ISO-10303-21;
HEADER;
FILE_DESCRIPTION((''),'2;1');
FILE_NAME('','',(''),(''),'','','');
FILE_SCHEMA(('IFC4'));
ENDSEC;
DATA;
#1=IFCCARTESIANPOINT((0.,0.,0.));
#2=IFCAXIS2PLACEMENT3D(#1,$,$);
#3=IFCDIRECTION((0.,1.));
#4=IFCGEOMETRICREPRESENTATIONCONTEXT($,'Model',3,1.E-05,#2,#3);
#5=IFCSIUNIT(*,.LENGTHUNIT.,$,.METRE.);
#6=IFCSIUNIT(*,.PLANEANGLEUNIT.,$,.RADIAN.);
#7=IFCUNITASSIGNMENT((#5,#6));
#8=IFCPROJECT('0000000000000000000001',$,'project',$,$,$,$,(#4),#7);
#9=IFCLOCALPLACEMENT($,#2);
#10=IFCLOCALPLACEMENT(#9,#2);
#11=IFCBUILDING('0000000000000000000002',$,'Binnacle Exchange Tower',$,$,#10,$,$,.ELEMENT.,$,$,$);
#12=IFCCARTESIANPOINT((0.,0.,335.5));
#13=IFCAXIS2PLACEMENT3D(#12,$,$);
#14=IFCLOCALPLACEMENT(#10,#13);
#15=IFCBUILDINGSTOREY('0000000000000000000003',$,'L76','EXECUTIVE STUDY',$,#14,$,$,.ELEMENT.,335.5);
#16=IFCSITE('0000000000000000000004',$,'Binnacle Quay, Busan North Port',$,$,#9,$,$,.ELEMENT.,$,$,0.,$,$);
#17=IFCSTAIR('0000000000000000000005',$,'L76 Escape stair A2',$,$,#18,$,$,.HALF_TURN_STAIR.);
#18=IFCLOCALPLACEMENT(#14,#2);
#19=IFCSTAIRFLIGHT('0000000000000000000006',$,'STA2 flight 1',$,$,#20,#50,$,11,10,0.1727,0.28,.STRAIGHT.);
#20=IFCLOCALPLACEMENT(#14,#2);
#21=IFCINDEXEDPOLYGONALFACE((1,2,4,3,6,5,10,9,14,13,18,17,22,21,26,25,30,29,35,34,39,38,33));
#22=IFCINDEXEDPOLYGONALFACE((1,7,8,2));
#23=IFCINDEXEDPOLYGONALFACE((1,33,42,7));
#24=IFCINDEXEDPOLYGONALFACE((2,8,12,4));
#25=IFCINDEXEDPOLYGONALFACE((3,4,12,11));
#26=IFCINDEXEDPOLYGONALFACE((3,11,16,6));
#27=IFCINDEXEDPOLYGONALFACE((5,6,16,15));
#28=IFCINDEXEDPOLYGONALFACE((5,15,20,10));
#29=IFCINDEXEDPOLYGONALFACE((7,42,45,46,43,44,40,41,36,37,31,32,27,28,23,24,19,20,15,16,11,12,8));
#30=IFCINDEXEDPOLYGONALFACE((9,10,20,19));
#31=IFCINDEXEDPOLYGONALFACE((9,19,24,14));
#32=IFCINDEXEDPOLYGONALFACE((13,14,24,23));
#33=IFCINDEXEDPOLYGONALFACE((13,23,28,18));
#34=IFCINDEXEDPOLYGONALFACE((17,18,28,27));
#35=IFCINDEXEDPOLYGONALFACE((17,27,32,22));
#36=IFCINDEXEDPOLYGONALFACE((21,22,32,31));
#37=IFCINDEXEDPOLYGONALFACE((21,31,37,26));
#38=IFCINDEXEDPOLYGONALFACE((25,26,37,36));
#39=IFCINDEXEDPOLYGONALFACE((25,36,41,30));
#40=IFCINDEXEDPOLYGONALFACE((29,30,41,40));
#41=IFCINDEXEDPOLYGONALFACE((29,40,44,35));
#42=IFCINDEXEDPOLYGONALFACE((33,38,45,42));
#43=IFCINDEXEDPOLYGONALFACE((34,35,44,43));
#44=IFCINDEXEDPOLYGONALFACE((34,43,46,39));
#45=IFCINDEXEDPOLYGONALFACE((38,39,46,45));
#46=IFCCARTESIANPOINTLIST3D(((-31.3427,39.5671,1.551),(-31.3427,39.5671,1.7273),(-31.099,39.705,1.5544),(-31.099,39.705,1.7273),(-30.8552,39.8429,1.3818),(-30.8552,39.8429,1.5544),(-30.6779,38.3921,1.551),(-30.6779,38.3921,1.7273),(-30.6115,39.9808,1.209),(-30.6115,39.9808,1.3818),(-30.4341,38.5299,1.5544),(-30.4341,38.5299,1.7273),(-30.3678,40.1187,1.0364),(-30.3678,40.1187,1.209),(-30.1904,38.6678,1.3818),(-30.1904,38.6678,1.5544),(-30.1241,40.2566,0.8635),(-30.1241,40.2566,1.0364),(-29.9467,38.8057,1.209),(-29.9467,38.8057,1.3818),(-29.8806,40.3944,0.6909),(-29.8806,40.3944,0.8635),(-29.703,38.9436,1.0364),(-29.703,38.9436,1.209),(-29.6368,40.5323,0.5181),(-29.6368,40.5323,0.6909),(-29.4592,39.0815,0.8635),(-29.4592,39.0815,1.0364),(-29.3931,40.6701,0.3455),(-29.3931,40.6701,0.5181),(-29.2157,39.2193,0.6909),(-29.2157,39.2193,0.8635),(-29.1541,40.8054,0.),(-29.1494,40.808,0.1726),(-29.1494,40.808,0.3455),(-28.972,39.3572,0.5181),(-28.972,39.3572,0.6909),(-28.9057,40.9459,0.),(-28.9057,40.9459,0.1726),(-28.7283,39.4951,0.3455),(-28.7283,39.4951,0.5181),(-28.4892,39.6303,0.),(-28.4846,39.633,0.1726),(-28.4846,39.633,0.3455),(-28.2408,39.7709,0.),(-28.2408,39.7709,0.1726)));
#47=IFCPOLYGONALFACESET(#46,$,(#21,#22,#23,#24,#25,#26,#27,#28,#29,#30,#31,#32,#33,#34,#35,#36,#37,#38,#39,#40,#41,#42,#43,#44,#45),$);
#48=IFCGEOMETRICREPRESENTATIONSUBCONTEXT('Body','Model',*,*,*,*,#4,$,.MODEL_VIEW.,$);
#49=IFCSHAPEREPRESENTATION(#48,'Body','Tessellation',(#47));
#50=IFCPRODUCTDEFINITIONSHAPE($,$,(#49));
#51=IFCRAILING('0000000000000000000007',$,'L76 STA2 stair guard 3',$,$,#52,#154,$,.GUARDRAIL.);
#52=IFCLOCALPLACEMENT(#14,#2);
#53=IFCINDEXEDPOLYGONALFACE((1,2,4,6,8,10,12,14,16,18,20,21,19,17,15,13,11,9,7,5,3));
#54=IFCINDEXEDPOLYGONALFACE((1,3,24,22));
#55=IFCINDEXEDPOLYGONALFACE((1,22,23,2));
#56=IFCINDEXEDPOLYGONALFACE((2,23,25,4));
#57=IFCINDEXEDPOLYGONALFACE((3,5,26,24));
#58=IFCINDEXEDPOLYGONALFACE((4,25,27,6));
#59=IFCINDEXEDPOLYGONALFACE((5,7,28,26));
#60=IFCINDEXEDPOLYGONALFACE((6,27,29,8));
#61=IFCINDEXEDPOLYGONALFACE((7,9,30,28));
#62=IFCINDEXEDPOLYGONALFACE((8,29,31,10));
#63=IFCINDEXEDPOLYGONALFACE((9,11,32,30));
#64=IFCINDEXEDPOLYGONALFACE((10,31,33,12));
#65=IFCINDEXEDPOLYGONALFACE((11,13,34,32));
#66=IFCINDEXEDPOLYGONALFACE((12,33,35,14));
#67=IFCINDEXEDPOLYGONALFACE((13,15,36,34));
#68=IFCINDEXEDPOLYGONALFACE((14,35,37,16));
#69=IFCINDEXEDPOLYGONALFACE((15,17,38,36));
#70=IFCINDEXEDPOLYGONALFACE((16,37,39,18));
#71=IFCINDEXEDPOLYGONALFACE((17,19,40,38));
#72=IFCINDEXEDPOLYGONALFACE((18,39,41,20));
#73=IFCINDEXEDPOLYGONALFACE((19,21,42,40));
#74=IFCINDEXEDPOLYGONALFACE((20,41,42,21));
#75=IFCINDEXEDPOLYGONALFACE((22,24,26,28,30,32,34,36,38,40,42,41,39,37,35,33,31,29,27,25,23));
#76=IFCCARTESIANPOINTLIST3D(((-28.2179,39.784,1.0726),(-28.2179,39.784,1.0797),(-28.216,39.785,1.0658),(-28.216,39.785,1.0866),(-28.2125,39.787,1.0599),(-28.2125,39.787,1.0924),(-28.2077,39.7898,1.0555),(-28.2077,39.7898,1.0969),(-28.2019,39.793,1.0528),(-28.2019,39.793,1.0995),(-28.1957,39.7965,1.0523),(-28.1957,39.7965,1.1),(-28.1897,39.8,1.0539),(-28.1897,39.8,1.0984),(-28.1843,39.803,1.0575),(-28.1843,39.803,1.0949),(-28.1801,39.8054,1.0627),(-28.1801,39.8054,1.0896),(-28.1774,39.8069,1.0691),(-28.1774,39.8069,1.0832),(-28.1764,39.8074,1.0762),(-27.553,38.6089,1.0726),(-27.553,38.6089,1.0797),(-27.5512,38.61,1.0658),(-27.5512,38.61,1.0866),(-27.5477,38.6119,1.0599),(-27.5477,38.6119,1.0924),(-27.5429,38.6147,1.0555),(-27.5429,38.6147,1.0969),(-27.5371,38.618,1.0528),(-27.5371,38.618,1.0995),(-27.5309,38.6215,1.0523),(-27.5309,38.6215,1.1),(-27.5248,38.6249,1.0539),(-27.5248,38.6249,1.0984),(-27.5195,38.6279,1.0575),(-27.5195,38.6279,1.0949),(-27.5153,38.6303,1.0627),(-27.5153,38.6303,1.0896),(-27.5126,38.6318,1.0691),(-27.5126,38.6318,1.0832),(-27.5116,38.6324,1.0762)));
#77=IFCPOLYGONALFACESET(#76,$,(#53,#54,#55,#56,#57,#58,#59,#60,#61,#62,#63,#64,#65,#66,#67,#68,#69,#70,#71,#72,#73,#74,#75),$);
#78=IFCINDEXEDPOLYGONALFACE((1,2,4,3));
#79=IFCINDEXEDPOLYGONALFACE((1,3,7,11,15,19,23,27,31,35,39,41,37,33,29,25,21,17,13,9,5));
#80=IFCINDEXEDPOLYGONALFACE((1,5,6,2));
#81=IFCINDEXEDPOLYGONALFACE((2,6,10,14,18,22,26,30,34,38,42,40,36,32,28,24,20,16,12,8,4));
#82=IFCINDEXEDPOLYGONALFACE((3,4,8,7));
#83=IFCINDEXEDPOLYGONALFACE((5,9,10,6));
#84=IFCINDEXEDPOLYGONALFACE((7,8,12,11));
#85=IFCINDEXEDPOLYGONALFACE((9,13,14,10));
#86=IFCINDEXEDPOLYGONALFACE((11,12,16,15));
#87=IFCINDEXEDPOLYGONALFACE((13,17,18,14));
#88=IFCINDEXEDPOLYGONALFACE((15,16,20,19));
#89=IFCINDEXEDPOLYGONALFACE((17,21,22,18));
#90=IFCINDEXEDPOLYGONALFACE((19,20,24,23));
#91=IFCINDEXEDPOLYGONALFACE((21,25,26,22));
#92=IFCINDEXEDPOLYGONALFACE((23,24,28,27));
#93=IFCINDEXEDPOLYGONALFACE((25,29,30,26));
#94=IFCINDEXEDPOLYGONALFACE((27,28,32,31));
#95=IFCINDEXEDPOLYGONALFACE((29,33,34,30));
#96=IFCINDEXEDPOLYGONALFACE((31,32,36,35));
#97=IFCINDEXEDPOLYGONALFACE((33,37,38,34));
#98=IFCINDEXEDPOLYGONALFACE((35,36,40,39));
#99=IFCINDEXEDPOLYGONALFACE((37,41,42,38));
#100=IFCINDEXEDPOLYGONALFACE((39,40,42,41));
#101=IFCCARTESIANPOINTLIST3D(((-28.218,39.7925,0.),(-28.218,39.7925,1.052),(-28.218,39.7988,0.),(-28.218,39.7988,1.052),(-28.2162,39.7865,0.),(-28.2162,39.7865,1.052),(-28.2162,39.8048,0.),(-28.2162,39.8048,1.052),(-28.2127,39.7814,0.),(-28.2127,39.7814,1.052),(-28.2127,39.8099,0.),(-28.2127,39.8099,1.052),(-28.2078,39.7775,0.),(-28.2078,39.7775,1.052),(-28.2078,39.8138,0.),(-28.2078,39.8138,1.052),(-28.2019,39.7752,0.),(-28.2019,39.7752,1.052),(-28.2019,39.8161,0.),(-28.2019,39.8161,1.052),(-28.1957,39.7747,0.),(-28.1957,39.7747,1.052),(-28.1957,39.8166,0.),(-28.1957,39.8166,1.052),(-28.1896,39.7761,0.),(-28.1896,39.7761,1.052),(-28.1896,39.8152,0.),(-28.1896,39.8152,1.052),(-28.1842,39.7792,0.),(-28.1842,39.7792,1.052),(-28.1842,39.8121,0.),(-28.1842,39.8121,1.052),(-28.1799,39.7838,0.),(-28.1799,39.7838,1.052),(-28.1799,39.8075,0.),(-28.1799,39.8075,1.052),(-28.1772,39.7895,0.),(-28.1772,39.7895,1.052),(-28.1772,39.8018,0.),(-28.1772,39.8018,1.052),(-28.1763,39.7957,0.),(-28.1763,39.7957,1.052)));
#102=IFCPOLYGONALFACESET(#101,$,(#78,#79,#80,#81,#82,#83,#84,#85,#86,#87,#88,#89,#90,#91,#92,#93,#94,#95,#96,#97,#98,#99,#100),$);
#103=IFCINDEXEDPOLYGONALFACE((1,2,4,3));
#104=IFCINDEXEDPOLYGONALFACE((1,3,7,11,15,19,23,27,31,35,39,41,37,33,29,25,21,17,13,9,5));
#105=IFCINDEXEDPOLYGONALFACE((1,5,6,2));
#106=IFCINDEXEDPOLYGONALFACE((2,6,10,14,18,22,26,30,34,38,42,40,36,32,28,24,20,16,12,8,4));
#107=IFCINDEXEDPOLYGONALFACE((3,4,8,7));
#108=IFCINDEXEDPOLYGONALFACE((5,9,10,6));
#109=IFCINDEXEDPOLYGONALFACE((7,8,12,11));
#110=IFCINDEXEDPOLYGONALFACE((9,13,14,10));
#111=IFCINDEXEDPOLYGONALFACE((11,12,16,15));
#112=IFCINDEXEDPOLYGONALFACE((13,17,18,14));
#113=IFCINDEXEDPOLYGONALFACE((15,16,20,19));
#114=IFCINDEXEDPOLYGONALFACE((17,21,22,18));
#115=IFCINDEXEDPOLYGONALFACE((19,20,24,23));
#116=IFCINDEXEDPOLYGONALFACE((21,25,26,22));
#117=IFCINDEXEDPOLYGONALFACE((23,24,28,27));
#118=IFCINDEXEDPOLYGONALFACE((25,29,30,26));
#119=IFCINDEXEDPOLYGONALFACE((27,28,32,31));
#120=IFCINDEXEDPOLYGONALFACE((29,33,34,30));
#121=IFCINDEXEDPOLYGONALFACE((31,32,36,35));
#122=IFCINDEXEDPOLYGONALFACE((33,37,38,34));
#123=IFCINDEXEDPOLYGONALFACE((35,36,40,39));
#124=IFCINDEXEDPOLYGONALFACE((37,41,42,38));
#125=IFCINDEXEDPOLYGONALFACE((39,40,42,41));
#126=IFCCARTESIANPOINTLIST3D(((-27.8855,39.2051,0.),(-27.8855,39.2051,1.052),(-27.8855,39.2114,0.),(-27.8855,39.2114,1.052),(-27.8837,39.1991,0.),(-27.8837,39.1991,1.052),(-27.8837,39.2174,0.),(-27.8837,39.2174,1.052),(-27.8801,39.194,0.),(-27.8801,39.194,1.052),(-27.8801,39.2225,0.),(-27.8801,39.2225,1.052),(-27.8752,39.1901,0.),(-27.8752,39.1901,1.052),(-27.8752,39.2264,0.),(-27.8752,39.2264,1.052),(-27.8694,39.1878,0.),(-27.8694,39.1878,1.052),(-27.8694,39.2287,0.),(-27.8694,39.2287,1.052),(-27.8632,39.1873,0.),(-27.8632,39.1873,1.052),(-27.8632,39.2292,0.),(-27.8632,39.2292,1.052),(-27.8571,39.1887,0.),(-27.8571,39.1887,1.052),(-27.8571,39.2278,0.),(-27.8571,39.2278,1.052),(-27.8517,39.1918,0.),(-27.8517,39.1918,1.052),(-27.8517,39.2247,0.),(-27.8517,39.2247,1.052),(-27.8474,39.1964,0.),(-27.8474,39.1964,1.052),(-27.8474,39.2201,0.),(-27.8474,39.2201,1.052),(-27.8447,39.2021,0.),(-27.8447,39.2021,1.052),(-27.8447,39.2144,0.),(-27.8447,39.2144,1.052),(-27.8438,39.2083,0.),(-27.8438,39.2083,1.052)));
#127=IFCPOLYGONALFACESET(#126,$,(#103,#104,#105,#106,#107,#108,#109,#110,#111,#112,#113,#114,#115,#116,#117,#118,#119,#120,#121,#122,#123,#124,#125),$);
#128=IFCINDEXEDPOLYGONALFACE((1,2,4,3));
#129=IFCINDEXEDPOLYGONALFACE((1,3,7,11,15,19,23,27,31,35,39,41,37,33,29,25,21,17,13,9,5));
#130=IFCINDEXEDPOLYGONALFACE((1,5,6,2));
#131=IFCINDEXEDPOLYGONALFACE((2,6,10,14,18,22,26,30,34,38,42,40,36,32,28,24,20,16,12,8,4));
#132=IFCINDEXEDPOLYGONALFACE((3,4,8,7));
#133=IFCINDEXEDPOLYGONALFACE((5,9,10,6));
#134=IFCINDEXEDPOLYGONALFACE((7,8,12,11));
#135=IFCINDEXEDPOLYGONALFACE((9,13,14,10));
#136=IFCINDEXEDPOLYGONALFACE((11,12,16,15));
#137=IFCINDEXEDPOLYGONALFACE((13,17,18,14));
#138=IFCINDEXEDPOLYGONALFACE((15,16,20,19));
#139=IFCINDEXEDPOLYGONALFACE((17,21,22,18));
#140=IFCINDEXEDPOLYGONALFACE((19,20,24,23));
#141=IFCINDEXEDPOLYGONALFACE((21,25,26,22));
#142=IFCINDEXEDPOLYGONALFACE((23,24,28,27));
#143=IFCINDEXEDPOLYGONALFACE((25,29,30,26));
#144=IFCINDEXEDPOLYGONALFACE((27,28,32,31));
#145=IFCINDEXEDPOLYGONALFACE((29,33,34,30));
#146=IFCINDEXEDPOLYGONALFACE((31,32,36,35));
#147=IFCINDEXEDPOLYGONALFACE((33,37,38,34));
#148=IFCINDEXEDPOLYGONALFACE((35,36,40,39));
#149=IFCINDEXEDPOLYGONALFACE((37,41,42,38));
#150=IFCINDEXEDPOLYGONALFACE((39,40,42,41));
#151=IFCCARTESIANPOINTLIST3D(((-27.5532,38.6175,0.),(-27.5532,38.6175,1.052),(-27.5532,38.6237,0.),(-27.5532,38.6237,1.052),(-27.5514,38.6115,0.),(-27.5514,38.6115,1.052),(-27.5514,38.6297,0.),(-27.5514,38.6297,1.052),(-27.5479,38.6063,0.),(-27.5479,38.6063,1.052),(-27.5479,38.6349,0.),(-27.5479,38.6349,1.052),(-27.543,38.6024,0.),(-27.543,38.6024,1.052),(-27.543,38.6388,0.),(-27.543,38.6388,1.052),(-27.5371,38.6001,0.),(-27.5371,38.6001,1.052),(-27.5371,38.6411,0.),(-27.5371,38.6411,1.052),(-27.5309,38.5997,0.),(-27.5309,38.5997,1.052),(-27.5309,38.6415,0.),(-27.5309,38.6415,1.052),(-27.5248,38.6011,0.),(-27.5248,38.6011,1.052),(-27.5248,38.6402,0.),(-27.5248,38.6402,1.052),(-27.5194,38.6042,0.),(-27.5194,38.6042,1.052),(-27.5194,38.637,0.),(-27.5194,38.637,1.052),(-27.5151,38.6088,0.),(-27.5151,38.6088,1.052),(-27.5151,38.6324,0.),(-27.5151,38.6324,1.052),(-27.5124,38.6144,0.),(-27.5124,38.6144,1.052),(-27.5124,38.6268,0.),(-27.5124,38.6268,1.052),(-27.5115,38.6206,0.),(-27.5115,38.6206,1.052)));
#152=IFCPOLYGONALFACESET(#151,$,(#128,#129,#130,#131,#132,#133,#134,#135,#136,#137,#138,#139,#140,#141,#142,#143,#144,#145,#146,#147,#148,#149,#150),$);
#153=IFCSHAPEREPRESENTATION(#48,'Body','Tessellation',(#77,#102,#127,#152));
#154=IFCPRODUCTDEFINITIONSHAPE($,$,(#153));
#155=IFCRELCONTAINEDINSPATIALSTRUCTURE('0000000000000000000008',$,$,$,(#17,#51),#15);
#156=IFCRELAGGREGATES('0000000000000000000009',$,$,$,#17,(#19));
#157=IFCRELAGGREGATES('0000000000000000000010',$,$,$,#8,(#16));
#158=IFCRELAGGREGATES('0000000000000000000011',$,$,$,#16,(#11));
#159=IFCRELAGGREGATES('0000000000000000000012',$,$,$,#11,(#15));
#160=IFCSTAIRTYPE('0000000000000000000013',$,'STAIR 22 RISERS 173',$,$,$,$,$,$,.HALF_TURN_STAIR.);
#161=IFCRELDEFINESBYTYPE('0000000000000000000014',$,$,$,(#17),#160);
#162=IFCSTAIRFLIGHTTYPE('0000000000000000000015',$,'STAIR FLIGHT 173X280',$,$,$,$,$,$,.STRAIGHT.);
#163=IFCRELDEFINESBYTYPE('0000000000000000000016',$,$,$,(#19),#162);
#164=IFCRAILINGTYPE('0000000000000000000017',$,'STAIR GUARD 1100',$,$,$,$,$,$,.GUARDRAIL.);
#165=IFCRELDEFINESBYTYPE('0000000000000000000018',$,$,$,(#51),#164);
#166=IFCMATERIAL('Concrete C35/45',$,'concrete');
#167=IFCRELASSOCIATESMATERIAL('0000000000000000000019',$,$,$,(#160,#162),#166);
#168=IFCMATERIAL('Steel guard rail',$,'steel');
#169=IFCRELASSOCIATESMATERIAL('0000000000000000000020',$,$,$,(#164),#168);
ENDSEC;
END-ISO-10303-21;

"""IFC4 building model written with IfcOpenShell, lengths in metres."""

from ifc_helpers import new_model, si_unit, direction, frame, origin, origin_2d, place, context, subcontext, project, spatial, polyline, circle, outline, extrude, material, type_object, element, aggregate, save


model = new_model("IFC4")

# Units and contexts
model_context = context("Model", 3, precision=1e-05, world=origin(), true_north=direction((0.0, 1.0)))
body_context = subcontext(model_context, "Body", "Model", "MODEL_VIEW")
ifc_project = project(units=[si_unit("LENGTHUNIT", "METRE"), si_unit("PLANEANGLEUNIT", "RADIAN")], contexts=[model_context])

# Site, building, storey
site_placement = place(None, origin())
site = spatial("IfcSite", under=ifc_project, at=site_placement, Name="Binnacle Quay, Busan North Port", CompositionType="ELEMENT", RefElevation=0.0)
building_placement = place(site_placement, origin())
building = spatial("IfcBuilding", under=site, at=building_placement, Name="Binnacle Exchange Tower", CompositionType="ELEMENT")
storey_placement = place(building_placement, frame((0.0, 0.0, 335.5)))
storey = spatial("IfcBuildingStorey", under=building, at=storey_placement, Name="L76", Description="EXECUTIVE STUDY", CompositionType="ELEMENT", Elevation=335.5)

# Stair, stair flight
ifc_material_1 = material(Name="Concrete C35/45", Category="concrete")
stair_type = type_object("IfcStairType", Name="STAIR 22 RISERS 173", PredefinedType="HALF_TURN_STAIR", material=ifc_material_1)
stair_placement = place(storey_placement, origin())
stair = element("IfcStair", 1, at=stair_placement, inside=storey, type_object=stair_type, Name="L76 Escape stair A2", PredefinedType="HALF_TURN_STAIR")
stair_flight_type = type_object("IfcStairFlightType", Name="STAIR FLIGHT 173X280", PredefinedType="STRAIGHT", material=ifc_material_1)
stair_flight_placement = place(storey_placement, frame((-28.5732, 40.3584, 0.0), z_axis=(0.0, 0.0, 1.0), x_axis=(-0.870356, -0.492424, 0.0)))
stair_flight = element("IfcStairFlight", 2, at=stair_flight_placement, type_object=stair_flight_type, Name="STA2 flight 1", NumberOfRisers=11, NumberOfTreads=10, PredefinedType="STRAIGHT", RiserHeight=0.1727, TreadLength=0.28, context=body_context, shape_type="SweptSolid", body=[
    extrude(outline(polyline([(0.0, 0.0), (0.0, 0.1726), (0.28, 0.1726), (0.28, 0.3455), (0.5601, 0.3455), (0.5601, 0.5181), (0.8401, 0.5181), (0.8401, 0.6909), (1.1201, 0.6909), (1.1201, 0.8635), (1.3999, 0.8635), (1.3999, 1.0364), (1.6799, 1.0364), (1.6799, 1.209), (1.96, 1.209), (1.96, 1.3818), (2.24, 1.3818), (2.24, 1.5544), (2.52, 1.5544), (2.52, 1.7273), (2.8, 1.7273), (2.8, 1.8999), (2.8, 1.551), (0.2854, 0.0), (0.0, 0.0)])), frame((0.0, 0.675, 0.0), z_axis=(0.0, -1.0, 0.0), x_axis=(1.0, 0.0, 0.0)), (0.0, 0.0, 1.0), 1.3501),
])
aggregate(stair, [stair_flight])

# Railing
ifc_material_2 = material(Name="Steel guard rail", Category="steel")
railing_type_1 = type_object("IfcRailingType", Name="STAIR GUARD 1100", PredefinedType="GUARDRAIL", material=ifc_material_2)
railing_1_placement = place(storey_placement, frame((-28.1973, 39.7957, 0.0)))
element("IfcRailing", 3, at=railing_1_placement, inside=storey, type_object=railing_type_1, Name="L76 STA2 stair guard 3", PredefinedType="GUARDRAIL", context=body_context, shape_type="SweptSolid", body=[
    extrude(circle(Radius=0.0239, at=origin_2d()), frame((0.0, 0.0, 1.0762), z_axis=(0.492415, -0.870361, 0.0), x_axis=(0.870361, 0.492415, 0.0)), (0.0, 0.0, 1.0), 1.3501),
    extrude(circle(Radius=0.021, at=origin_2d()), origin(), (0.0, 0.0, 1.0), 1.052),
    extrude(circle(Radius=0.021, at=origin_2d()), frame((0.3325, -0.5874, 0.0)), (0.0, 0.0, 1.0), 1.052),
    extrude(circle(Radius=0.021, at=origin_2d()), frame((0.6648, -1.175, 0.0)), (0.0, 0.0, 1.0), 1.052),
])

save(model, "model.ifc")
